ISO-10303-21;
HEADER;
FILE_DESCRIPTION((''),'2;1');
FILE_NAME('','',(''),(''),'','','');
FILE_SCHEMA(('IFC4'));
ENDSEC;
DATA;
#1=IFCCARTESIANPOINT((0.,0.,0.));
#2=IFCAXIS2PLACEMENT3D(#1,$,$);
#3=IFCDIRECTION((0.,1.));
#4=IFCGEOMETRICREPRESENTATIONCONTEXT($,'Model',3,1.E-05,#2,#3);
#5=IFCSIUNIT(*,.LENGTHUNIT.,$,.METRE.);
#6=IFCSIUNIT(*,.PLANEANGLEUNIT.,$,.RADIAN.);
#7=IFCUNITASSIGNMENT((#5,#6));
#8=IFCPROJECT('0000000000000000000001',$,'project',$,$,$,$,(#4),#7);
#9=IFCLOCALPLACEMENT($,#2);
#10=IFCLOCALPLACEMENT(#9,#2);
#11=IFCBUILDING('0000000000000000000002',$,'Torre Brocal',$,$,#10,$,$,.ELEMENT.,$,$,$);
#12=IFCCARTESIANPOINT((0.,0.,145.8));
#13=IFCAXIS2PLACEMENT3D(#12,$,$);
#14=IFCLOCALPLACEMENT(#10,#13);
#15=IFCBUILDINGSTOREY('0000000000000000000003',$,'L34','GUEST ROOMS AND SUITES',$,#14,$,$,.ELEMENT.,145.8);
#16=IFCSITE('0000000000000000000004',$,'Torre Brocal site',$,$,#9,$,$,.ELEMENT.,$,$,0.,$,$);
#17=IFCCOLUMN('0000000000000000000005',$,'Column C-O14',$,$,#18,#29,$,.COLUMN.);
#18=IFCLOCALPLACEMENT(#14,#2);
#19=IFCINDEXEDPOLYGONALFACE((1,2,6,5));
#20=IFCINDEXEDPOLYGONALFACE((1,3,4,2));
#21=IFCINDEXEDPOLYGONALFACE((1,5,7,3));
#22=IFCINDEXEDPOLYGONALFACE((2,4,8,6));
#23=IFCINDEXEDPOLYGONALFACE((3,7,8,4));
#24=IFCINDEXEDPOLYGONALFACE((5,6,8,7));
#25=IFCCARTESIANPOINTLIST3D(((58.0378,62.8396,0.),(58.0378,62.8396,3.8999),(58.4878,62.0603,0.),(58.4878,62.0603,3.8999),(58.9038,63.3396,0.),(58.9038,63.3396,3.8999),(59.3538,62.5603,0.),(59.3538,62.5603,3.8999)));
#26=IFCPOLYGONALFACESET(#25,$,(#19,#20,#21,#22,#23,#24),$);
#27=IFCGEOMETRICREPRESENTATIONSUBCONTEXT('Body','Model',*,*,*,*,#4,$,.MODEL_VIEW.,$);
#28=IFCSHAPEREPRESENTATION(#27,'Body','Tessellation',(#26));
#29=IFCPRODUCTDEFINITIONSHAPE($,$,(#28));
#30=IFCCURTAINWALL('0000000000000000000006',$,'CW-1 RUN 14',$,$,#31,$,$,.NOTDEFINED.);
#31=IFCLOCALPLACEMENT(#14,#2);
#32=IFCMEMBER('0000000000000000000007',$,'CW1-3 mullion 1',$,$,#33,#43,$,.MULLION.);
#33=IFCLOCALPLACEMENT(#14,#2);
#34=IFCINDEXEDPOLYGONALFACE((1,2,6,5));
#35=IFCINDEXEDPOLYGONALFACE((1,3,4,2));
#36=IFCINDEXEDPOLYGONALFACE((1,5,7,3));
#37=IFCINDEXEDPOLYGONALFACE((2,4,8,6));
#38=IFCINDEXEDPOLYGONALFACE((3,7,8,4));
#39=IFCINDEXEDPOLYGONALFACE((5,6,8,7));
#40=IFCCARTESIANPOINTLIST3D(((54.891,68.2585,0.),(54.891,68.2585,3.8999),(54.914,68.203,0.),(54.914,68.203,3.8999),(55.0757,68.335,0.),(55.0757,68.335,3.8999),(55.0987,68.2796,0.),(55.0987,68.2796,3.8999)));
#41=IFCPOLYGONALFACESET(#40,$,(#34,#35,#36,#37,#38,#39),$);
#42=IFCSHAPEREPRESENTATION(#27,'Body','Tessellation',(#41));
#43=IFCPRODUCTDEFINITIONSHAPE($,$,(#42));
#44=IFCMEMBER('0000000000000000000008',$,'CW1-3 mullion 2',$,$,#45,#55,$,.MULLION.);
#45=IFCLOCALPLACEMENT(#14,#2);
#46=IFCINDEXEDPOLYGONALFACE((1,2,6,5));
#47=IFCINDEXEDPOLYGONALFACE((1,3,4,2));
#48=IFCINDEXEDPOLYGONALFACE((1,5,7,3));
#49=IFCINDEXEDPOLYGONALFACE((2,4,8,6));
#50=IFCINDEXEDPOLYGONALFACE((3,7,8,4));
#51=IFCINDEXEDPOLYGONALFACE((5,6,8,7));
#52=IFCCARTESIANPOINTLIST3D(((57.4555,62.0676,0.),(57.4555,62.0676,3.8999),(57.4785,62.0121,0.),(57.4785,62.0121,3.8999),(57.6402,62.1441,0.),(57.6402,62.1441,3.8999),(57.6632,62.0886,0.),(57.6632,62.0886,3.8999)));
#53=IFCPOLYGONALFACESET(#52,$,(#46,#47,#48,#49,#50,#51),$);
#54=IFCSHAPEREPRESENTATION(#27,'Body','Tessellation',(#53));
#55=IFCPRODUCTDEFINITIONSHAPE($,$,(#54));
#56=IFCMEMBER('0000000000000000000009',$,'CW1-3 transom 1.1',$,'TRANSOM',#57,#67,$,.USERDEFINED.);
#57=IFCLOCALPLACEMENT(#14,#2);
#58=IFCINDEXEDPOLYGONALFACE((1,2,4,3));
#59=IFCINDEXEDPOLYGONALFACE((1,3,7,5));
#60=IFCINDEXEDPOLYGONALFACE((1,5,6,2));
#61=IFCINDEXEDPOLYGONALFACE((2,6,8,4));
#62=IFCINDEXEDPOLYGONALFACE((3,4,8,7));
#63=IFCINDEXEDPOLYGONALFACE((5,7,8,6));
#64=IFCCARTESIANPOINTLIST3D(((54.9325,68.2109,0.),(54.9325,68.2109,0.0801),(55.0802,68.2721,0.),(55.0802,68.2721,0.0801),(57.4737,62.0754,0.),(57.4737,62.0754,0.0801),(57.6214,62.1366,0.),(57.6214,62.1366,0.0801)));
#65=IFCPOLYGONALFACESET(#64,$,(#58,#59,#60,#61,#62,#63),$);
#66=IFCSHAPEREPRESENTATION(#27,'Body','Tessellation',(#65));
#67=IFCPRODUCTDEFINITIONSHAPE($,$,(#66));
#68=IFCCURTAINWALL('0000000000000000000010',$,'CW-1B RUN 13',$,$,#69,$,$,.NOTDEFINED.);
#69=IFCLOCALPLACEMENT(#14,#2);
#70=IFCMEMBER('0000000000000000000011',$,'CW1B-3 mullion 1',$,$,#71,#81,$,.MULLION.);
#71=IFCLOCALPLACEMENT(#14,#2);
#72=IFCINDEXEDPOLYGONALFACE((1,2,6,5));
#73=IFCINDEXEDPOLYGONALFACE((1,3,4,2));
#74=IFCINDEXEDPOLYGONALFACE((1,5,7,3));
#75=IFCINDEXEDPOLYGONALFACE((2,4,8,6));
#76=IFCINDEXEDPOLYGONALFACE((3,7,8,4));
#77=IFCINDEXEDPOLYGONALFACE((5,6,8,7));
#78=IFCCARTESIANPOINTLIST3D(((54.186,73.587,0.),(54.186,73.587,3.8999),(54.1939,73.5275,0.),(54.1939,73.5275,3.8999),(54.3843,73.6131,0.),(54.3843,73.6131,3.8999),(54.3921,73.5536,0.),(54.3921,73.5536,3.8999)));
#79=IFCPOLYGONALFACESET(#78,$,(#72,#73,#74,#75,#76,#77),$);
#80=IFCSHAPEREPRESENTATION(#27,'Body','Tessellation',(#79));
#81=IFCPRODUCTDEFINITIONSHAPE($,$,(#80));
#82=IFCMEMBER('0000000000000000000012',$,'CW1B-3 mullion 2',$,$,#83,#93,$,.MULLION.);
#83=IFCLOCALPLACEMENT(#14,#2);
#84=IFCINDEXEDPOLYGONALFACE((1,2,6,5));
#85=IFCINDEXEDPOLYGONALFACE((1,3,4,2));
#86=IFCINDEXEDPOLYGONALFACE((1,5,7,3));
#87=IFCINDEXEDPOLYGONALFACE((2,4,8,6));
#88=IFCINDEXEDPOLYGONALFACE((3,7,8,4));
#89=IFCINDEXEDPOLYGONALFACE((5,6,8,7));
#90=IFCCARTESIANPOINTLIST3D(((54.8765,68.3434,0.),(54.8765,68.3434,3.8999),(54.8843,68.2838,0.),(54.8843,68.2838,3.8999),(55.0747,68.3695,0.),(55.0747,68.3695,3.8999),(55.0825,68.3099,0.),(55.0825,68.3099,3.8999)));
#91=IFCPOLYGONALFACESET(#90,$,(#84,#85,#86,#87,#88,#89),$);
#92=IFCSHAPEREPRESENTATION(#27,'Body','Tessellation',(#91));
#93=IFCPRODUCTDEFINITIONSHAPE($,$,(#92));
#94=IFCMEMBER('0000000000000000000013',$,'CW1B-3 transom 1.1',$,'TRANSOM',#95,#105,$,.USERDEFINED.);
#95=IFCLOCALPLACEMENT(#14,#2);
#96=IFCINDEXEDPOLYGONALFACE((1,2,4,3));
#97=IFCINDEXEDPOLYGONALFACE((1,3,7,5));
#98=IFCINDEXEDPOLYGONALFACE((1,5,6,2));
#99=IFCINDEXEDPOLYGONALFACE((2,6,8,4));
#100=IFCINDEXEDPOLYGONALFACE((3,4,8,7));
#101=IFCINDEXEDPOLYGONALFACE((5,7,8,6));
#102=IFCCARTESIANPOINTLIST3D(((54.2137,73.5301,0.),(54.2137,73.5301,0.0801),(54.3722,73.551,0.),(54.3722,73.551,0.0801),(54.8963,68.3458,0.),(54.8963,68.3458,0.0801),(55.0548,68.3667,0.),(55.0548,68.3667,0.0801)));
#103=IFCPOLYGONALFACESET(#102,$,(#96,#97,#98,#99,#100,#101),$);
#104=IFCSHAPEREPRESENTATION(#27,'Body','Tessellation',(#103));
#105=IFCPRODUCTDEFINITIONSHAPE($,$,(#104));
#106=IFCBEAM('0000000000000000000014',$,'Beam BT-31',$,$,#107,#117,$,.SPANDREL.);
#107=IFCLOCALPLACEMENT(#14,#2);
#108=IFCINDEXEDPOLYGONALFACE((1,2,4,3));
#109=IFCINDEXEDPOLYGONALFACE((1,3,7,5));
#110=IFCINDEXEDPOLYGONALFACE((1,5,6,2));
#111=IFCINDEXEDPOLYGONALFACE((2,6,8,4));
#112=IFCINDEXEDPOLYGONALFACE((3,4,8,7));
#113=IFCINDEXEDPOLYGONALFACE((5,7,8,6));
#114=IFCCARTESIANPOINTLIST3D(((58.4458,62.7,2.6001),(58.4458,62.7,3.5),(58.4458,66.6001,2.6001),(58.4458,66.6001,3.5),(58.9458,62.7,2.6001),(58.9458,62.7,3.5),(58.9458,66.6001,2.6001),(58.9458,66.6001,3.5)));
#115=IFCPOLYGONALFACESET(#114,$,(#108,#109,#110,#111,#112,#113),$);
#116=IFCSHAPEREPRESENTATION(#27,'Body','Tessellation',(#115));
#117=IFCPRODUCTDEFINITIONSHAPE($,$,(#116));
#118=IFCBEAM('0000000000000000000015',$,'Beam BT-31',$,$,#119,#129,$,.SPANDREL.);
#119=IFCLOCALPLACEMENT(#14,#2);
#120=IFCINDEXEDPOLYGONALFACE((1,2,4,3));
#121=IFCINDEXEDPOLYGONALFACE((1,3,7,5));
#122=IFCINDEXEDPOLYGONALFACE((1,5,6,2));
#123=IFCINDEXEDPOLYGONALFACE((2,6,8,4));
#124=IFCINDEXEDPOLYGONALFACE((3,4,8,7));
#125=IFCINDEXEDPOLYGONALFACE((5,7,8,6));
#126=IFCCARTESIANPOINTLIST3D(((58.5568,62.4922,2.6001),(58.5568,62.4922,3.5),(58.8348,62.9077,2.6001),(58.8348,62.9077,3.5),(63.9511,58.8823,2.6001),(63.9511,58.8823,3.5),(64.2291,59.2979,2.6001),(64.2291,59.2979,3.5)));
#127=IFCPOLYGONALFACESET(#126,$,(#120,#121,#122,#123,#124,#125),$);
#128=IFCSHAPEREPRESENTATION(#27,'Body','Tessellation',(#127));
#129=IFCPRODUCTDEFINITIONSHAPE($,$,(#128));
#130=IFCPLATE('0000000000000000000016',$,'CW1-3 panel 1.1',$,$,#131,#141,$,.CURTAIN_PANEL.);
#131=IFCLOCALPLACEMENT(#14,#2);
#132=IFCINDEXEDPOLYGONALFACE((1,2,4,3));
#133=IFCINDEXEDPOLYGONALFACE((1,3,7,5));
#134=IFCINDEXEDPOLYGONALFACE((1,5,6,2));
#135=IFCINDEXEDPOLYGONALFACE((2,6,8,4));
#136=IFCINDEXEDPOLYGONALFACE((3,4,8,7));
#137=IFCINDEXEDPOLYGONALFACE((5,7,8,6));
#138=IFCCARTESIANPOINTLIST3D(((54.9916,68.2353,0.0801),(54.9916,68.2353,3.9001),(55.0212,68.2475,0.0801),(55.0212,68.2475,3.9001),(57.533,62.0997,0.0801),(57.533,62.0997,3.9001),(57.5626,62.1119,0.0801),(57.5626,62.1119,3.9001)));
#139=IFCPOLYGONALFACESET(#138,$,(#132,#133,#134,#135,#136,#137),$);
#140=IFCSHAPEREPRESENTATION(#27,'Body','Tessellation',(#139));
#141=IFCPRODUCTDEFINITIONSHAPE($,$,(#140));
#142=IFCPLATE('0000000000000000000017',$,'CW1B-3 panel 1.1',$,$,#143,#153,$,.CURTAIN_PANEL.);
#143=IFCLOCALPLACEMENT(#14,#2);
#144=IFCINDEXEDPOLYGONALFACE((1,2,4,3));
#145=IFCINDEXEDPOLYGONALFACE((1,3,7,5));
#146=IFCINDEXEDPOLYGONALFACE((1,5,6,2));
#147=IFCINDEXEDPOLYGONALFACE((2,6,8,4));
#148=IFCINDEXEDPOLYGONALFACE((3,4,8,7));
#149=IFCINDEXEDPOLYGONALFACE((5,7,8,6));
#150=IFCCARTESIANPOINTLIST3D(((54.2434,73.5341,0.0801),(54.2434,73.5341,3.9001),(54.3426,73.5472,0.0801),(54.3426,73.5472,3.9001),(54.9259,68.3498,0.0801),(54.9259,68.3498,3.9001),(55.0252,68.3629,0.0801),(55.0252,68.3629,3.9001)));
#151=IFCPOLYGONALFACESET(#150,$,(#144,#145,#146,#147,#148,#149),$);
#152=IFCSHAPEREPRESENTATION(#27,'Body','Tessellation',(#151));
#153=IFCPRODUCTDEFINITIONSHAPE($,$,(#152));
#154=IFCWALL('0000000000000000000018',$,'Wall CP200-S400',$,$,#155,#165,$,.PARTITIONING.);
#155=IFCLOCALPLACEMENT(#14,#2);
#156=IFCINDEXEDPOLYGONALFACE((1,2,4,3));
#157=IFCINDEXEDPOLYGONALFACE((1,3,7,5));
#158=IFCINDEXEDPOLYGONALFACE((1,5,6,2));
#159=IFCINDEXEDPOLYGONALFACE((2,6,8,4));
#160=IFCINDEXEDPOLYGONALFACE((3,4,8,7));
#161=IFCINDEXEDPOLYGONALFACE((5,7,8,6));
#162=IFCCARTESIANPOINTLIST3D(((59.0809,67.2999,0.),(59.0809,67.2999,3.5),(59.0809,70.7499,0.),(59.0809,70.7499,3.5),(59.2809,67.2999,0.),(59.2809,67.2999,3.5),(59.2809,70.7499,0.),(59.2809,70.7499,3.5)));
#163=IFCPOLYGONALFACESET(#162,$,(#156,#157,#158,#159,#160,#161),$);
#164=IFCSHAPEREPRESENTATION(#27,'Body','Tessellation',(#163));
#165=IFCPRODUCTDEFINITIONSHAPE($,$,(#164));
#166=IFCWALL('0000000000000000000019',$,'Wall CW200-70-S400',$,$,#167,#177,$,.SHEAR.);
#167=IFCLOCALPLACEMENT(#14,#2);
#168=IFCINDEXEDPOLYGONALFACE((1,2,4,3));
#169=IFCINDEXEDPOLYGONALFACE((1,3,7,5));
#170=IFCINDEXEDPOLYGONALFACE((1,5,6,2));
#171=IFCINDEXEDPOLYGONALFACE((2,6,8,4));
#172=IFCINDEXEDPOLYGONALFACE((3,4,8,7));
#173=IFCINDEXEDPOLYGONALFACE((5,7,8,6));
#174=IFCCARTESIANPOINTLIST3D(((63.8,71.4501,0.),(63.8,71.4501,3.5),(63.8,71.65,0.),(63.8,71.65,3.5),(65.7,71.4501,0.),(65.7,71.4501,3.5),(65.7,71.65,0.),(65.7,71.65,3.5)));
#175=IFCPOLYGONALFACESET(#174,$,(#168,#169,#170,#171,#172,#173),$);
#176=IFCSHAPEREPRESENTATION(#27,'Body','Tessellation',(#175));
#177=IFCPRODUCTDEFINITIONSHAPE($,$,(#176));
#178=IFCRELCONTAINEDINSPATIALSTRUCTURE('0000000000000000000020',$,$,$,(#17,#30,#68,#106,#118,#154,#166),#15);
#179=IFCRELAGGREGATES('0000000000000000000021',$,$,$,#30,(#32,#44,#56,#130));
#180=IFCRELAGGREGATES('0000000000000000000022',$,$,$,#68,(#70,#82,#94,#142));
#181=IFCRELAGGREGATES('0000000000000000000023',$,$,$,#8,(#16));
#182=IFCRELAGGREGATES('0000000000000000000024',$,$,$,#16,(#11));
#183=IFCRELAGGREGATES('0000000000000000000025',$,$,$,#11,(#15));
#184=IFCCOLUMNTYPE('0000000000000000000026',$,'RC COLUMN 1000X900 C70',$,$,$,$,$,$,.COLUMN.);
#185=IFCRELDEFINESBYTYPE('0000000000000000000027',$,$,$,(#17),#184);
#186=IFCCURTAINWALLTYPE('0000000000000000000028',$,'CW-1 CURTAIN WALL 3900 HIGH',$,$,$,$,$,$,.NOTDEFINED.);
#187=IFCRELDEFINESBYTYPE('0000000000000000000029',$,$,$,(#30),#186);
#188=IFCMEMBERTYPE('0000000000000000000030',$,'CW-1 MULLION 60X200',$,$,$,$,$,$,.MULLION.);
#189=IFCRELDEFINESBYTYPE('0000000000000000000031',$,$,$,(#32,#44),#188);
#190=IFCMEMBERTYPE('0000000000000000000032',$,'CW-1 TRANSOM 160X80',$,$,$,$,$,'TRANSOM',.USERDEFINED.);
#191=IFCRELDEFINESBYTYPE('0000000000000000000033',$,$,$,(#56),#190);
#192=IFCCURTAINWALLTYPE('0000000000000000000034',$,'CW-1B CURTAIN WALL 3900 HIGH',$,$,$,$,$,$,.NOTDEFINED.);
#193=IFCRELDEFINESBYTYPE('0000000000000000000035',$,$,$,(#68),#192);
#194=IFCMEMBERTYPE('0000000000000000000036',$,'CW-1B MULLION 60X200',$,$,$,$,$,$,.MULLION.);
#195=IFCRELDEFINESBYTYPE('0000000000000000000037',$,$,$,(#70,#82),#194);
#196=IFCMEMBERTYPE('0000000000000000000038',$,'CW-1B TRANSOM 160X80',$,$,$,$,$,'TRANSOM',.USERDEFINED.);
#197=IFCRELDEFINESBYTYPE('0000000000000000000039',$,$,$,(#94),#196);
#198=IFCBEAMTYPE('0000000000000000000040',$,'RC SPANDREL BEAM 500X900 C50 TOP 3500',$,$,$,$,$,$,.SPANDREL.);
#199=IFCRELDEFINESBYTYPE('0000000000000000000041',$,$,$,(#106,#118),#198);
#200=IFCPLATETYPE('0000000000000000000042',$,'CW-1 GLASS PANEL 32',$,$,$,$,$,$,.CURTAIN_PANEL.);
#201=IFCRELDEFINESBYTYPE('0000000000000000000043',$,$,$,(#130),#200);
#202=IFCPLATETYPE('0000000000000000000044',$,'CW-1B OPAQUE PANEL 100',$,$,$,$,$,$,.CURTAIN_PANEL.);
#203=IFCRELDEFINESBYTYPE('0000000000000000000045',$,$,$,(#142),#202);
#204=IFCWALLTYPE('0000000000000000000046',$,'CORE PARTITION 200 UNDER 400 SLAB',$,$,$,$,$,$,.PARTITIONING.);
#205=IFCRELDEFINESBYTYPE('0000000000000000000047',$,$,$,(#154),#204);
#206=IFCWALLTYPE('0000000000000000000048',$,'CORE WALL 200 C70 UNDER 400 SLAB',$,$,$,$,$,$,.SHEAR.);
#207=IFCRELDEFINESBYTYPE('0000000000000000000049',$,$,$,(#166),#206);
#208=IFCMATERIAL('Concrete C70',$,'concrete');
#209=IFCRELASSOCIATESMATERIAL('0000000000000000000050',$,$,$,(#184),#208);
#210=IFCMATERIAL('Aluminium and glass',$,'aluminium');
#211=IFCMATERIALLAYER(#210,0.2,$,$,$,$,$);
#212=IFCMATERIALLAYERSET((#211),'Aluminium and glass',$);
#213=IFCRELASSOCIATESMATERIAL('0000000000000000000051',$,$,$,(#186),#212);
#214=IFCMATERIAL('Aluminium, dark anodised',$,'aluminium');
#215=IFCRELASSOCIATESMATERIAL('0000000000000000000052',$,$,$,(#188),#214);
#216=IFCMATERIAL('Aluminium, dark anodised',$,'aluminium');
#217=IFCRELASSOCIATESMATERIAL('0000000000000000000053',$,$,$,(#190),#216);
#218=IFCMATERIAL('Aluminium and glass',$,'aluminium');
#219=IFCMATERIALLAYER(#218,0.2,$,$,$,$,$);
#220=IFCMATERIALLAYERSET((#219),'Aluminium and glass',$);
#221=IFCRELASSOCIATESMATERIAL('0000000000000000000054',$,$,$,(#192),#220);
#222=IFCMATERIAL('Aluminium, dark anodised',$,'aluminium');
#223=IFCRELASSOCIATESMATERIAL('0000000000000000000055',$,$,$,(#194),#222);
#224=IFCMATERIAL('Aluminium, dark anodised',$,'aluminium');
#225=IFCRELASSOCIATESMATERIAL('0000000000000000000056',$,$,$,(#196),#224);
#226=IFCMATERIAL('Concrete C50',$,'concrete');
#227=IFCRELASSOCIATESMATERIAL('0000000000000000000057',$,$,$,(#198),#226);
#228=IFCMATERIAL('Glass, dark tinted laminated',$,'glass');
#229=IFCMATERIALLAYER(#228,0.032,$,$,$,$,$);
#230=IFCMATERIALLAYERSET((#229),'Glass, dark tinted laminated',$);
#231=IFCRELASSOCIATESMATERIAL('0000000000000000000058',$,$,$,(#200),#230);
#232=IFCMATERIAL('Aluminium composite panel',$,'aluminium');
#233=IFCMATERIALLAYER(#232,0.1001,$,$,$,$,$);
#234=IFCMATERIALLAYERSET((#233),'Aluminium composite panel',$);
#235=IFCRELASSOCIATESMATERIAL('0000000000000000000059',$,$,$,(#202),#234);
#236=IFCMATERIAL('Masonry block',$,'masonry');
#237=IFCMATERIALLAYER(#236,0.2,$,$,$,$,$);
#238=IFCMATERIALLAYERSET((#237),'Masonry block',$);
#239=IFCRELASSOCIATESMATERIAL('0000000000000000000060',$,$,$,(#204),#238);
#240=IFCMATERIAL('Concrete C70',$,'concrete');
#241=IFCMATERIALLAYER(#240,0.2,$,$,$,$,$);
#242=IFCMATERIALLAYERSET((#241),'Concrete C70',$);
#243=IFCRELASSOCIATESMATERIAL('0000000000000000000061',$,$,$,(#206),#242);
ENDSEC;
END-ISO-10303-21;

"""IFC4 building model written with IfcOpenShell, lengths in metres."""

from ifc_helpers import new_model, si_unit, direction, frame, frame_2d, origin, origin_2d, place, context, subcontext, project, spatial, rectangle, extrude, material, layer, layer_set, material_profile, profile_set, type_object, element, aggregate, save


model = new_model("IFC4")

# Units and contexts
model_context = context("Model", 3, precision=1e-05, world=origin(), true_north=direction((0.0, 1.0)))
body_context = subcontext(model_context, "Body", "Model", "MODEL_VIEW")
ifc_project = project(units=[si_unit("LENGTHUNIT", "METRE"), si_unit("PLANEANGLEUNIT", "RADIAN")], contexts=[model_context])

# Site, building, storey
site_placement = place(None, origin())
site = spatial("IfcSite", under=ifc_project, at=site_placement, Name="Torre Brocal site", CompositionType="ELEMENT", RefElevation=0.0)
building_placement = place(site_placement, origin())
building = spatial("IfcBuilding", under=site, at=building_placement, Name="Torre Brocal", CompositionType="ELEMENT")
storey_placement = place(building_placement, frame((0.0, 0.0, 145.8)))
storey = spatial("IfcBuildingStorey", under=building, at=storey_placement, Name="L34", Description="GUEST ROOMS AND SUITES", CompositionType="ELEMENT", Elevation=145.8)

# Column
ifc_material_1 = material(Name="Concrete C70", Category="concrete")
ifc_material_profile_1 = material_profile(ifc_material_1, rectangle(XDim=1.0, YDim=0.8999, at=origin_2d()), Name="RC 1000X900")
ifc_profile_set_1 = profile_set([ifc_material_profile_1], Name="Concrete C70")
column_type = type_object("IfcColumnType", Name="RC COLUMN 1000X900 C70", PredefinedType="COLUMN", material=ifc_profile_set_1)
column_placement = place(storey_placement, frame((58.6958, 62.7, 0.0), z_axis=(0.0, 0.0, 1.0), x_axis=(-0.866025, -0.5, 0.0)))
element("IfcColumn", 1, at=column_placement, inside=storey, type_object=column_type, Name="Column C-O14", PredefinedType="COLUMN", context=body_context, shape_type="SweptSolid", body=[
    extrude(rectangle(XDim=1.0, YDim=0.8999, at=origin_2d()), origin(), (0.0, 0.0, 1.0), 3.8999),
])

# Curtain walls, members
ifc_material_2 = material(Name="Aluminium and glass", Category="aluminium")
ifc_layer_1 = layer(ifc_material_2, 0.2)
ifc_layer_set_1 = layer_set([ifc_layer_1], Name="Aluminium and glass")
curtain_wall_type_1 = type_object("IfcCurtainWallType", Name="CW-1 CURTAIN WALL 3900 HIGH", PredefinedType="NOTDEFINED", material=ifc_layer_set_1)
curtain_wall_1_placement = place(storey_placement, origin())
curtain_wall_1 = element("IfcCurtainWall", 2, at=curtain_wall_1_placement, inside=storey, type_object=curtain_wall_type_1, Name="CW-1 RUN 14", PredefinedType="NOTDEFINED")
ifc_material_3 = material(Name="Aluminium, dark anodised", Category="aluminium")
ifc_material_profile_2 = material_profile(ifc_material_3, rectangle(XDim=0.2, YDim=0.0601, at=origin_2d()), Name="CW-1 MULLION 60X200")
ifc_profile_set_2 = profile_set([ifc_material_profile_2], Name="Aluminium, dark anodised")
member_type_1 = type_object("IfcMemberType", Name="CW-1 MULLION 60X200", PredefinedType="MULLION", material=ifc_profile_set_2)
member_1_placement = place(storey_placement, frame((54.9949, 68.269, 0.0), z_axis=(0.0, 0.0, 1.0), x_axis=(0.92388, 0.382683, 0.0)))
member_1 = element("IfcMember", 3, at=member_1_placement, type_object=member_type_1, Name="CW1-3 mullion 1", PredefinedType="MULLION", context=body_context, shape_type="SweptSolid", body=[
    extrude(rectangle(XDim=0.2, YDim=0.0601, at=origin_2d()), origin(), (0.0, 0.0, 1.0), 3.8999),
])
member_2_placement = place(storey_placement, frame((57.5593, 62.0781, 0.0), z_axis=(0.0, 0.0, 1.0), x_axis=(0.92388, 0.382683, 0.0)))
member_2 = element("IfcMember", 4, at=member_2_placement, type_object=member_type_1, Name="CW1-3 mullion 2", PredefinedType="MULLION", context=body_context, shape_type="SweptSolid", body=[
    extrude(rectangle(XDim=0.2, YDim=0.0601, at=origin_2d()), origin(), (0.0, 0.0, 1.0), 3.8999),
])
ifc_material_4 = material(Name="Aluminium, dark anodised", Category="aluminium")
ifc_material_profile_3 = material_profile(ifc_material_4, rectangle(XDim=0.1599, YDim=0.0801, at=origin_2d()), Name="CW-1 TRANSOM 160X80")
ifc_profile_set_3 = profile_set([ifc_material_profile_3], Name="Aluminium, dark anodised")
member_type_2 = type_object("IfcMemberType", Name="CW-1 TRANSOM 160X80", ElementType="TRANSOM", PredefinedType="USERDEFINED", material=ifc_profile_set_3)
member_3_placement = place(storey_placement, frame((55.0063, 68.2415, 0.04), z_axis=(0.382665, -0.923887, 0.0), x_axis=(0.923887, 0.382665, 0.0)))
member_3 = element("IfcMember", 5, at=member_3_placement, type_object=member_type_2, Name="CW1-3 transom 1.1", ObjectType="TRANSOM", PredefinedType="USERDEFINED", context=body_context, shape_type="SweptSolid", body=[
    extrude(rectangle(XDim=0.1599, YDim=0.0801, at=origin_2d()), origin(), (0.0, 0.0, 1.0), 6.6409),
])
ifc_material_5 = material(Name="Aluminium and glass", Category="aluminium")
ifc_layer_2 = layer(ifc_material_5, 0.2)
ifc_layer_set_2 = layer_set([ifc_layer_2], Name="Aluminium and glass")
curtain_wall_type_2 = type_object("IfcCurtainWallType", Name="CW-1B CURTAIN WALL 3900 HIGH", PredefinedType="NOTDEFINED", material=ifc_layer_set_2)
curtain_wall_2_placement = place(storey_placement, origin())
curtain_wall_2 = element("IfcCurtainWall", 6, at=curtain_wall_2_placement, inside=storey, type_object=curtain_wall_type_2, Name="CW-1B RUN 13", PredefinedType="NOTDEFINED")
ifc_material_6 = material(Name="Aluminium, dark anodised", Category="aluminium")
ifc_material_profile_4 = material_profile(ifc_material_6, rectangle(XDim=0.2, YDim=0.0601, at=origin_2d()), Name="CW-1B MULLION 60X200")
ifc_profile_set_4 = profile_set([ifc_material_profile_4], Name="Aluminium, dark anodised")
member_type_3 = type_object("IfcMemberType", Name="CW-1B MULLION 60X200", PredefinedType="MULLION", material=ifc_profile_set_4)
member_4_placement = place(storey_placement, frame((54.2891, 73.5703, 0.0), z_axis=(0.0, 0.0, 1.0), x_axis=(0.991445, 0.130526, 0.0)))
member_4 = element("IfcMember", 7, at=member_4_placement, type_object=member_type_3, Name="CW1B-3 mullion 1", PredefinedType="MULLION", context=body_context, shape_type="SweptSolid", body=[
    extrude(rectangle(XDim=0.2, YDim=0.0601, at=origin_2d()), origin(), (0.0, 0.0, 1.0), 3.8999),
])
member_5_placement = place(storey_placement, frame((54.9795, 68.3267, 0.0), z_axis=(0.0, 0.0, 1.0), x_axis=(0.991445, 0.130526, 0.0)))
member_5 = element("IfcMember", 8, at=member_5_placement, type_object=member_type_3, Name="CW1B-3 mullion 2", PredefinedType="MULLION", context=body_context, shape_type="SweptSolid", body=[
    extrude(rectangle(XDim=0.2, YDim=0.0601, at=origin_2d()), origin(), (0.0, 0.0, 1.0), 3.8999),
])
ifc_material_7 = material(Name="Aluminium, dark anodised", Category="aluminium")
ifc_material_profile_5 = material_profile(ifc_material_7, rectangle(XDim=0.1599, YDim=0.0801, at=origin_2d()), Name="CW-1B TRANSOM 160X80")
ifc_profile_set_5 = profile_set([ifc_material_profile_5], Name="Aluminium, dark anodised")
member_type_4 = type_object("IfcMemberType", Name="CW-1B TRANSOM 160X80", ElementType="TRANSOM", PredefinedType="USERDEFINED", material=ifc_profile_set_5)
member_6_placement = place(storey_placement, frame((54.293, 73.5405, 0.04), z_axis=(0.130543, -0.991443, 0.0), x_axis=(0.991443, 0.130543, 0.0)))
member_6 = element("IfcMember", 9, at=member_6_placement, type_object=member_type_4, Name="CW1B-3 transom 1.1", ObjectType="TRANSOM", PredefinedType="USERDEFINED", context=body_context, shape_type="SweptSolid", body=[
    extrude(rectangle(XDim=0.1599, YDim=0.0801, at=origin_2d()), origin(), (0.0, 0.0, 1.0), 5.229),
])

# Beams
ifc_material_8 = material(Name="Concrete C50", Category="concrete")
ifc_material_profile_6 = material_profile(ifc_material_8, rectangle(XDim=0.5, YDim=0.8999, at=origin_2d()), Name="RC 500X900")
ifc_profile_set_6 = profile_set([ifc_material_profile_6], Name="Concrete C50")
beam_type = type_object("IfcBeamType", Name="RC SPANDREL BEAM 500X900 C50 TOP 3500", PredefinedType="SPANDREL", material=ifc_profile_set_6)
beam_1_placement = place(storey_placement, frame((58.6958, 62.7, 3.05), z_axis=(0.0, 1.0, 0.0), x_axis=(-1.0, 0.0, 0.0)))
element("IfcBeam", 10, at=beam_1_placement, inside=storey, type_object=beam_type, Name="Beam BT-31", PredefinedType="SPANDREL", context=body_context, shape_type="SweptSolid", body=[
    extrude(rectangle(XDim=0.5, YDim=0.8999, at=origin_2d()), origin(), (0.0, 0.0, 1.0), 3.9001),
])
beam_2_placement = place(storey_placement, frame((58.6958, 62.7, 3.05), z_axis=(0.831077, -0.556158, 0.0), x_axis=(0.556158, 0.831077, 0.0)))
element("IfcBeam", 11, at=beam_2_placement, inside=storey, type_object=beam_type, Name="Beam BT-31", PredefinedType="SPANDREL", context=body_context, shape_type="SweptSolid", body=[
    extrude(rectangle(XDim=0.5, YDim=0.8999, at=origin_2d()), origin(), (0.0, 0.0, 1.0), 6.4907),
])

# Plates
ifc_material_9 = material(Name="Glass, dark tinted laminated", Category="glass")
ifc_layer_3 = layer(ifc_material_9, 0.032)
ifc_layer_set_3 = layer_set([ifc_layer_3], Name="Glass, dark tinted laminated")
plate_type_1 = type_object("IfcPlateType", Name="CW-1 GLASS PANEL 32", PredefinedType="CURTAIN_PANEL", material=ifc_layer_set_3)
plate_1_placement = place(storey_placement, frame((56.2771, 65.1736, 0.0801), z_axis=(0.0, 0.0, 1.0), x_axis=(0.382683, -0.92388, 0.0)))
plate_1 = element("IfcPlate", 12, at=plate_1_placement, type_object=plate_type_1, Name="CW1-3 panel 1.1", PredefinedType="CURTAIN_PANEL", context=body_context, shape_type="SweptSolid", body=[
    extrude(rectangle(XDim=6.6411, YDim=0.032, at=origin_2d()), origin(), (0.0, 0.0, 1.0), 3.8201),
])
aggregate(curtain_wall_1, [member_1, member_2, member_3, plate_1])
ifc_material_10 = material(Name="Aluminium composite panel", Category="aluminium")
ifc_layer_4 = layer(ifc_material_10, 0.1001)
ifc_layer_set_4 = layer_set([ifc_layer_4], Name="Aluminium composite panel")
plate_type_2 = type_object("IfcPlateType", Name="CW-1B OPAQUE PANEL 100", PredefinedType="CURTAIN_PANEL", material=ifc_layer_set_4)
plate_2_placement = place(storey_placement, frame((54.6343, 70.9485, 0.0801), z_axis=(0.0, 0.0, 1.0), x_axis=(0.130526, -0.991445, 0.0)))
plate_2 = element("IfcPlate", 13, at=plate_2_placement, type_object=plate_type_2, Name="CW1B-3 panel 1.1", PredefinedType="CURTAIN_PANEL", context=body_context, shape_type="SweptSolid", body=[
    extrude(rectangle(XDim=5.229, YDim=0.1001, at=origin_2d()), origin(), (0.0, 0.0, 1.0), 3.8201),
])
aggregate(curtain_wall_2, [member_4, member_5, member_6, plate_2])

# Walls
ifc_material_11 = material(Name="Masonry block", Category="masonry")
ifc_layer_5 = layer(ifc_material_11, 0.2)
ifc_layer_set_5 = layer_set([ifc_layer_5], Name="Masonry block")
wall_type_1 = type_object("IfcWallType", Name="CORE PARTITION 200 UNDER 400 SLAB", PredefinedType="PARTITIONING", material=ifc_layer_set_5)
wall_1_placement = place(storey_placement, frame((59.1809, 70.75, 0.0), z_axis=(0.0, 0.0, 1.0), x_axis=(0.0, -1.0, 0.0)))
element("IfcWall", 14, at=wall_1_placement, inside=storey, type_object=wall_type_1, Name="Wall CP200-S400", PredefinedType="PARTITIONING", context=body_context, shape_type="SweptSolid", body=[
    extrude(rectangle(XDim=3.45, YDim=0.2, at=frame_2d((1.7251, 0.0))), origin(), (0.0, 0.0, 1.0), 3.5),
])
ifc_material_12 = material(Name="Concrete C70", Category="concrete")
ifc_layer_6 = layer(ifc_material_12, 0.2)
ifc_layer_set_6 = layer_set([ifc_layer_6], Name="Concrete C70")
wall_type_2 = type_object("IfcWallType", Name="CORE WALL 200 C70 UNDER 400 SLAB", PredefinedType="SHEAR", material=ifc_layer_set_6)
wall_2_placement = place(storey_placement, frame((65.7, 71.55, 0.0), z_axis=(0.0, 0.0, 1.0), x_axis=(-1.0, 0.0, 0.0)))
element("IfcWall", 15, at=wall_2_placement, inside=storey, type_object=wall_type_2, Name="Wall CW200-70-S400", PredefinedType="SHEAR", context=body_context, shape_type="SweptSolid", body=[
    extrude(rectangle(XDim=1.8999, YDim=0.2, at=frame_2d((0.95, 0.0))), origin(), (0.0, 0.0, 1.0), 3.5),
])

save(model, "model.ifc")
